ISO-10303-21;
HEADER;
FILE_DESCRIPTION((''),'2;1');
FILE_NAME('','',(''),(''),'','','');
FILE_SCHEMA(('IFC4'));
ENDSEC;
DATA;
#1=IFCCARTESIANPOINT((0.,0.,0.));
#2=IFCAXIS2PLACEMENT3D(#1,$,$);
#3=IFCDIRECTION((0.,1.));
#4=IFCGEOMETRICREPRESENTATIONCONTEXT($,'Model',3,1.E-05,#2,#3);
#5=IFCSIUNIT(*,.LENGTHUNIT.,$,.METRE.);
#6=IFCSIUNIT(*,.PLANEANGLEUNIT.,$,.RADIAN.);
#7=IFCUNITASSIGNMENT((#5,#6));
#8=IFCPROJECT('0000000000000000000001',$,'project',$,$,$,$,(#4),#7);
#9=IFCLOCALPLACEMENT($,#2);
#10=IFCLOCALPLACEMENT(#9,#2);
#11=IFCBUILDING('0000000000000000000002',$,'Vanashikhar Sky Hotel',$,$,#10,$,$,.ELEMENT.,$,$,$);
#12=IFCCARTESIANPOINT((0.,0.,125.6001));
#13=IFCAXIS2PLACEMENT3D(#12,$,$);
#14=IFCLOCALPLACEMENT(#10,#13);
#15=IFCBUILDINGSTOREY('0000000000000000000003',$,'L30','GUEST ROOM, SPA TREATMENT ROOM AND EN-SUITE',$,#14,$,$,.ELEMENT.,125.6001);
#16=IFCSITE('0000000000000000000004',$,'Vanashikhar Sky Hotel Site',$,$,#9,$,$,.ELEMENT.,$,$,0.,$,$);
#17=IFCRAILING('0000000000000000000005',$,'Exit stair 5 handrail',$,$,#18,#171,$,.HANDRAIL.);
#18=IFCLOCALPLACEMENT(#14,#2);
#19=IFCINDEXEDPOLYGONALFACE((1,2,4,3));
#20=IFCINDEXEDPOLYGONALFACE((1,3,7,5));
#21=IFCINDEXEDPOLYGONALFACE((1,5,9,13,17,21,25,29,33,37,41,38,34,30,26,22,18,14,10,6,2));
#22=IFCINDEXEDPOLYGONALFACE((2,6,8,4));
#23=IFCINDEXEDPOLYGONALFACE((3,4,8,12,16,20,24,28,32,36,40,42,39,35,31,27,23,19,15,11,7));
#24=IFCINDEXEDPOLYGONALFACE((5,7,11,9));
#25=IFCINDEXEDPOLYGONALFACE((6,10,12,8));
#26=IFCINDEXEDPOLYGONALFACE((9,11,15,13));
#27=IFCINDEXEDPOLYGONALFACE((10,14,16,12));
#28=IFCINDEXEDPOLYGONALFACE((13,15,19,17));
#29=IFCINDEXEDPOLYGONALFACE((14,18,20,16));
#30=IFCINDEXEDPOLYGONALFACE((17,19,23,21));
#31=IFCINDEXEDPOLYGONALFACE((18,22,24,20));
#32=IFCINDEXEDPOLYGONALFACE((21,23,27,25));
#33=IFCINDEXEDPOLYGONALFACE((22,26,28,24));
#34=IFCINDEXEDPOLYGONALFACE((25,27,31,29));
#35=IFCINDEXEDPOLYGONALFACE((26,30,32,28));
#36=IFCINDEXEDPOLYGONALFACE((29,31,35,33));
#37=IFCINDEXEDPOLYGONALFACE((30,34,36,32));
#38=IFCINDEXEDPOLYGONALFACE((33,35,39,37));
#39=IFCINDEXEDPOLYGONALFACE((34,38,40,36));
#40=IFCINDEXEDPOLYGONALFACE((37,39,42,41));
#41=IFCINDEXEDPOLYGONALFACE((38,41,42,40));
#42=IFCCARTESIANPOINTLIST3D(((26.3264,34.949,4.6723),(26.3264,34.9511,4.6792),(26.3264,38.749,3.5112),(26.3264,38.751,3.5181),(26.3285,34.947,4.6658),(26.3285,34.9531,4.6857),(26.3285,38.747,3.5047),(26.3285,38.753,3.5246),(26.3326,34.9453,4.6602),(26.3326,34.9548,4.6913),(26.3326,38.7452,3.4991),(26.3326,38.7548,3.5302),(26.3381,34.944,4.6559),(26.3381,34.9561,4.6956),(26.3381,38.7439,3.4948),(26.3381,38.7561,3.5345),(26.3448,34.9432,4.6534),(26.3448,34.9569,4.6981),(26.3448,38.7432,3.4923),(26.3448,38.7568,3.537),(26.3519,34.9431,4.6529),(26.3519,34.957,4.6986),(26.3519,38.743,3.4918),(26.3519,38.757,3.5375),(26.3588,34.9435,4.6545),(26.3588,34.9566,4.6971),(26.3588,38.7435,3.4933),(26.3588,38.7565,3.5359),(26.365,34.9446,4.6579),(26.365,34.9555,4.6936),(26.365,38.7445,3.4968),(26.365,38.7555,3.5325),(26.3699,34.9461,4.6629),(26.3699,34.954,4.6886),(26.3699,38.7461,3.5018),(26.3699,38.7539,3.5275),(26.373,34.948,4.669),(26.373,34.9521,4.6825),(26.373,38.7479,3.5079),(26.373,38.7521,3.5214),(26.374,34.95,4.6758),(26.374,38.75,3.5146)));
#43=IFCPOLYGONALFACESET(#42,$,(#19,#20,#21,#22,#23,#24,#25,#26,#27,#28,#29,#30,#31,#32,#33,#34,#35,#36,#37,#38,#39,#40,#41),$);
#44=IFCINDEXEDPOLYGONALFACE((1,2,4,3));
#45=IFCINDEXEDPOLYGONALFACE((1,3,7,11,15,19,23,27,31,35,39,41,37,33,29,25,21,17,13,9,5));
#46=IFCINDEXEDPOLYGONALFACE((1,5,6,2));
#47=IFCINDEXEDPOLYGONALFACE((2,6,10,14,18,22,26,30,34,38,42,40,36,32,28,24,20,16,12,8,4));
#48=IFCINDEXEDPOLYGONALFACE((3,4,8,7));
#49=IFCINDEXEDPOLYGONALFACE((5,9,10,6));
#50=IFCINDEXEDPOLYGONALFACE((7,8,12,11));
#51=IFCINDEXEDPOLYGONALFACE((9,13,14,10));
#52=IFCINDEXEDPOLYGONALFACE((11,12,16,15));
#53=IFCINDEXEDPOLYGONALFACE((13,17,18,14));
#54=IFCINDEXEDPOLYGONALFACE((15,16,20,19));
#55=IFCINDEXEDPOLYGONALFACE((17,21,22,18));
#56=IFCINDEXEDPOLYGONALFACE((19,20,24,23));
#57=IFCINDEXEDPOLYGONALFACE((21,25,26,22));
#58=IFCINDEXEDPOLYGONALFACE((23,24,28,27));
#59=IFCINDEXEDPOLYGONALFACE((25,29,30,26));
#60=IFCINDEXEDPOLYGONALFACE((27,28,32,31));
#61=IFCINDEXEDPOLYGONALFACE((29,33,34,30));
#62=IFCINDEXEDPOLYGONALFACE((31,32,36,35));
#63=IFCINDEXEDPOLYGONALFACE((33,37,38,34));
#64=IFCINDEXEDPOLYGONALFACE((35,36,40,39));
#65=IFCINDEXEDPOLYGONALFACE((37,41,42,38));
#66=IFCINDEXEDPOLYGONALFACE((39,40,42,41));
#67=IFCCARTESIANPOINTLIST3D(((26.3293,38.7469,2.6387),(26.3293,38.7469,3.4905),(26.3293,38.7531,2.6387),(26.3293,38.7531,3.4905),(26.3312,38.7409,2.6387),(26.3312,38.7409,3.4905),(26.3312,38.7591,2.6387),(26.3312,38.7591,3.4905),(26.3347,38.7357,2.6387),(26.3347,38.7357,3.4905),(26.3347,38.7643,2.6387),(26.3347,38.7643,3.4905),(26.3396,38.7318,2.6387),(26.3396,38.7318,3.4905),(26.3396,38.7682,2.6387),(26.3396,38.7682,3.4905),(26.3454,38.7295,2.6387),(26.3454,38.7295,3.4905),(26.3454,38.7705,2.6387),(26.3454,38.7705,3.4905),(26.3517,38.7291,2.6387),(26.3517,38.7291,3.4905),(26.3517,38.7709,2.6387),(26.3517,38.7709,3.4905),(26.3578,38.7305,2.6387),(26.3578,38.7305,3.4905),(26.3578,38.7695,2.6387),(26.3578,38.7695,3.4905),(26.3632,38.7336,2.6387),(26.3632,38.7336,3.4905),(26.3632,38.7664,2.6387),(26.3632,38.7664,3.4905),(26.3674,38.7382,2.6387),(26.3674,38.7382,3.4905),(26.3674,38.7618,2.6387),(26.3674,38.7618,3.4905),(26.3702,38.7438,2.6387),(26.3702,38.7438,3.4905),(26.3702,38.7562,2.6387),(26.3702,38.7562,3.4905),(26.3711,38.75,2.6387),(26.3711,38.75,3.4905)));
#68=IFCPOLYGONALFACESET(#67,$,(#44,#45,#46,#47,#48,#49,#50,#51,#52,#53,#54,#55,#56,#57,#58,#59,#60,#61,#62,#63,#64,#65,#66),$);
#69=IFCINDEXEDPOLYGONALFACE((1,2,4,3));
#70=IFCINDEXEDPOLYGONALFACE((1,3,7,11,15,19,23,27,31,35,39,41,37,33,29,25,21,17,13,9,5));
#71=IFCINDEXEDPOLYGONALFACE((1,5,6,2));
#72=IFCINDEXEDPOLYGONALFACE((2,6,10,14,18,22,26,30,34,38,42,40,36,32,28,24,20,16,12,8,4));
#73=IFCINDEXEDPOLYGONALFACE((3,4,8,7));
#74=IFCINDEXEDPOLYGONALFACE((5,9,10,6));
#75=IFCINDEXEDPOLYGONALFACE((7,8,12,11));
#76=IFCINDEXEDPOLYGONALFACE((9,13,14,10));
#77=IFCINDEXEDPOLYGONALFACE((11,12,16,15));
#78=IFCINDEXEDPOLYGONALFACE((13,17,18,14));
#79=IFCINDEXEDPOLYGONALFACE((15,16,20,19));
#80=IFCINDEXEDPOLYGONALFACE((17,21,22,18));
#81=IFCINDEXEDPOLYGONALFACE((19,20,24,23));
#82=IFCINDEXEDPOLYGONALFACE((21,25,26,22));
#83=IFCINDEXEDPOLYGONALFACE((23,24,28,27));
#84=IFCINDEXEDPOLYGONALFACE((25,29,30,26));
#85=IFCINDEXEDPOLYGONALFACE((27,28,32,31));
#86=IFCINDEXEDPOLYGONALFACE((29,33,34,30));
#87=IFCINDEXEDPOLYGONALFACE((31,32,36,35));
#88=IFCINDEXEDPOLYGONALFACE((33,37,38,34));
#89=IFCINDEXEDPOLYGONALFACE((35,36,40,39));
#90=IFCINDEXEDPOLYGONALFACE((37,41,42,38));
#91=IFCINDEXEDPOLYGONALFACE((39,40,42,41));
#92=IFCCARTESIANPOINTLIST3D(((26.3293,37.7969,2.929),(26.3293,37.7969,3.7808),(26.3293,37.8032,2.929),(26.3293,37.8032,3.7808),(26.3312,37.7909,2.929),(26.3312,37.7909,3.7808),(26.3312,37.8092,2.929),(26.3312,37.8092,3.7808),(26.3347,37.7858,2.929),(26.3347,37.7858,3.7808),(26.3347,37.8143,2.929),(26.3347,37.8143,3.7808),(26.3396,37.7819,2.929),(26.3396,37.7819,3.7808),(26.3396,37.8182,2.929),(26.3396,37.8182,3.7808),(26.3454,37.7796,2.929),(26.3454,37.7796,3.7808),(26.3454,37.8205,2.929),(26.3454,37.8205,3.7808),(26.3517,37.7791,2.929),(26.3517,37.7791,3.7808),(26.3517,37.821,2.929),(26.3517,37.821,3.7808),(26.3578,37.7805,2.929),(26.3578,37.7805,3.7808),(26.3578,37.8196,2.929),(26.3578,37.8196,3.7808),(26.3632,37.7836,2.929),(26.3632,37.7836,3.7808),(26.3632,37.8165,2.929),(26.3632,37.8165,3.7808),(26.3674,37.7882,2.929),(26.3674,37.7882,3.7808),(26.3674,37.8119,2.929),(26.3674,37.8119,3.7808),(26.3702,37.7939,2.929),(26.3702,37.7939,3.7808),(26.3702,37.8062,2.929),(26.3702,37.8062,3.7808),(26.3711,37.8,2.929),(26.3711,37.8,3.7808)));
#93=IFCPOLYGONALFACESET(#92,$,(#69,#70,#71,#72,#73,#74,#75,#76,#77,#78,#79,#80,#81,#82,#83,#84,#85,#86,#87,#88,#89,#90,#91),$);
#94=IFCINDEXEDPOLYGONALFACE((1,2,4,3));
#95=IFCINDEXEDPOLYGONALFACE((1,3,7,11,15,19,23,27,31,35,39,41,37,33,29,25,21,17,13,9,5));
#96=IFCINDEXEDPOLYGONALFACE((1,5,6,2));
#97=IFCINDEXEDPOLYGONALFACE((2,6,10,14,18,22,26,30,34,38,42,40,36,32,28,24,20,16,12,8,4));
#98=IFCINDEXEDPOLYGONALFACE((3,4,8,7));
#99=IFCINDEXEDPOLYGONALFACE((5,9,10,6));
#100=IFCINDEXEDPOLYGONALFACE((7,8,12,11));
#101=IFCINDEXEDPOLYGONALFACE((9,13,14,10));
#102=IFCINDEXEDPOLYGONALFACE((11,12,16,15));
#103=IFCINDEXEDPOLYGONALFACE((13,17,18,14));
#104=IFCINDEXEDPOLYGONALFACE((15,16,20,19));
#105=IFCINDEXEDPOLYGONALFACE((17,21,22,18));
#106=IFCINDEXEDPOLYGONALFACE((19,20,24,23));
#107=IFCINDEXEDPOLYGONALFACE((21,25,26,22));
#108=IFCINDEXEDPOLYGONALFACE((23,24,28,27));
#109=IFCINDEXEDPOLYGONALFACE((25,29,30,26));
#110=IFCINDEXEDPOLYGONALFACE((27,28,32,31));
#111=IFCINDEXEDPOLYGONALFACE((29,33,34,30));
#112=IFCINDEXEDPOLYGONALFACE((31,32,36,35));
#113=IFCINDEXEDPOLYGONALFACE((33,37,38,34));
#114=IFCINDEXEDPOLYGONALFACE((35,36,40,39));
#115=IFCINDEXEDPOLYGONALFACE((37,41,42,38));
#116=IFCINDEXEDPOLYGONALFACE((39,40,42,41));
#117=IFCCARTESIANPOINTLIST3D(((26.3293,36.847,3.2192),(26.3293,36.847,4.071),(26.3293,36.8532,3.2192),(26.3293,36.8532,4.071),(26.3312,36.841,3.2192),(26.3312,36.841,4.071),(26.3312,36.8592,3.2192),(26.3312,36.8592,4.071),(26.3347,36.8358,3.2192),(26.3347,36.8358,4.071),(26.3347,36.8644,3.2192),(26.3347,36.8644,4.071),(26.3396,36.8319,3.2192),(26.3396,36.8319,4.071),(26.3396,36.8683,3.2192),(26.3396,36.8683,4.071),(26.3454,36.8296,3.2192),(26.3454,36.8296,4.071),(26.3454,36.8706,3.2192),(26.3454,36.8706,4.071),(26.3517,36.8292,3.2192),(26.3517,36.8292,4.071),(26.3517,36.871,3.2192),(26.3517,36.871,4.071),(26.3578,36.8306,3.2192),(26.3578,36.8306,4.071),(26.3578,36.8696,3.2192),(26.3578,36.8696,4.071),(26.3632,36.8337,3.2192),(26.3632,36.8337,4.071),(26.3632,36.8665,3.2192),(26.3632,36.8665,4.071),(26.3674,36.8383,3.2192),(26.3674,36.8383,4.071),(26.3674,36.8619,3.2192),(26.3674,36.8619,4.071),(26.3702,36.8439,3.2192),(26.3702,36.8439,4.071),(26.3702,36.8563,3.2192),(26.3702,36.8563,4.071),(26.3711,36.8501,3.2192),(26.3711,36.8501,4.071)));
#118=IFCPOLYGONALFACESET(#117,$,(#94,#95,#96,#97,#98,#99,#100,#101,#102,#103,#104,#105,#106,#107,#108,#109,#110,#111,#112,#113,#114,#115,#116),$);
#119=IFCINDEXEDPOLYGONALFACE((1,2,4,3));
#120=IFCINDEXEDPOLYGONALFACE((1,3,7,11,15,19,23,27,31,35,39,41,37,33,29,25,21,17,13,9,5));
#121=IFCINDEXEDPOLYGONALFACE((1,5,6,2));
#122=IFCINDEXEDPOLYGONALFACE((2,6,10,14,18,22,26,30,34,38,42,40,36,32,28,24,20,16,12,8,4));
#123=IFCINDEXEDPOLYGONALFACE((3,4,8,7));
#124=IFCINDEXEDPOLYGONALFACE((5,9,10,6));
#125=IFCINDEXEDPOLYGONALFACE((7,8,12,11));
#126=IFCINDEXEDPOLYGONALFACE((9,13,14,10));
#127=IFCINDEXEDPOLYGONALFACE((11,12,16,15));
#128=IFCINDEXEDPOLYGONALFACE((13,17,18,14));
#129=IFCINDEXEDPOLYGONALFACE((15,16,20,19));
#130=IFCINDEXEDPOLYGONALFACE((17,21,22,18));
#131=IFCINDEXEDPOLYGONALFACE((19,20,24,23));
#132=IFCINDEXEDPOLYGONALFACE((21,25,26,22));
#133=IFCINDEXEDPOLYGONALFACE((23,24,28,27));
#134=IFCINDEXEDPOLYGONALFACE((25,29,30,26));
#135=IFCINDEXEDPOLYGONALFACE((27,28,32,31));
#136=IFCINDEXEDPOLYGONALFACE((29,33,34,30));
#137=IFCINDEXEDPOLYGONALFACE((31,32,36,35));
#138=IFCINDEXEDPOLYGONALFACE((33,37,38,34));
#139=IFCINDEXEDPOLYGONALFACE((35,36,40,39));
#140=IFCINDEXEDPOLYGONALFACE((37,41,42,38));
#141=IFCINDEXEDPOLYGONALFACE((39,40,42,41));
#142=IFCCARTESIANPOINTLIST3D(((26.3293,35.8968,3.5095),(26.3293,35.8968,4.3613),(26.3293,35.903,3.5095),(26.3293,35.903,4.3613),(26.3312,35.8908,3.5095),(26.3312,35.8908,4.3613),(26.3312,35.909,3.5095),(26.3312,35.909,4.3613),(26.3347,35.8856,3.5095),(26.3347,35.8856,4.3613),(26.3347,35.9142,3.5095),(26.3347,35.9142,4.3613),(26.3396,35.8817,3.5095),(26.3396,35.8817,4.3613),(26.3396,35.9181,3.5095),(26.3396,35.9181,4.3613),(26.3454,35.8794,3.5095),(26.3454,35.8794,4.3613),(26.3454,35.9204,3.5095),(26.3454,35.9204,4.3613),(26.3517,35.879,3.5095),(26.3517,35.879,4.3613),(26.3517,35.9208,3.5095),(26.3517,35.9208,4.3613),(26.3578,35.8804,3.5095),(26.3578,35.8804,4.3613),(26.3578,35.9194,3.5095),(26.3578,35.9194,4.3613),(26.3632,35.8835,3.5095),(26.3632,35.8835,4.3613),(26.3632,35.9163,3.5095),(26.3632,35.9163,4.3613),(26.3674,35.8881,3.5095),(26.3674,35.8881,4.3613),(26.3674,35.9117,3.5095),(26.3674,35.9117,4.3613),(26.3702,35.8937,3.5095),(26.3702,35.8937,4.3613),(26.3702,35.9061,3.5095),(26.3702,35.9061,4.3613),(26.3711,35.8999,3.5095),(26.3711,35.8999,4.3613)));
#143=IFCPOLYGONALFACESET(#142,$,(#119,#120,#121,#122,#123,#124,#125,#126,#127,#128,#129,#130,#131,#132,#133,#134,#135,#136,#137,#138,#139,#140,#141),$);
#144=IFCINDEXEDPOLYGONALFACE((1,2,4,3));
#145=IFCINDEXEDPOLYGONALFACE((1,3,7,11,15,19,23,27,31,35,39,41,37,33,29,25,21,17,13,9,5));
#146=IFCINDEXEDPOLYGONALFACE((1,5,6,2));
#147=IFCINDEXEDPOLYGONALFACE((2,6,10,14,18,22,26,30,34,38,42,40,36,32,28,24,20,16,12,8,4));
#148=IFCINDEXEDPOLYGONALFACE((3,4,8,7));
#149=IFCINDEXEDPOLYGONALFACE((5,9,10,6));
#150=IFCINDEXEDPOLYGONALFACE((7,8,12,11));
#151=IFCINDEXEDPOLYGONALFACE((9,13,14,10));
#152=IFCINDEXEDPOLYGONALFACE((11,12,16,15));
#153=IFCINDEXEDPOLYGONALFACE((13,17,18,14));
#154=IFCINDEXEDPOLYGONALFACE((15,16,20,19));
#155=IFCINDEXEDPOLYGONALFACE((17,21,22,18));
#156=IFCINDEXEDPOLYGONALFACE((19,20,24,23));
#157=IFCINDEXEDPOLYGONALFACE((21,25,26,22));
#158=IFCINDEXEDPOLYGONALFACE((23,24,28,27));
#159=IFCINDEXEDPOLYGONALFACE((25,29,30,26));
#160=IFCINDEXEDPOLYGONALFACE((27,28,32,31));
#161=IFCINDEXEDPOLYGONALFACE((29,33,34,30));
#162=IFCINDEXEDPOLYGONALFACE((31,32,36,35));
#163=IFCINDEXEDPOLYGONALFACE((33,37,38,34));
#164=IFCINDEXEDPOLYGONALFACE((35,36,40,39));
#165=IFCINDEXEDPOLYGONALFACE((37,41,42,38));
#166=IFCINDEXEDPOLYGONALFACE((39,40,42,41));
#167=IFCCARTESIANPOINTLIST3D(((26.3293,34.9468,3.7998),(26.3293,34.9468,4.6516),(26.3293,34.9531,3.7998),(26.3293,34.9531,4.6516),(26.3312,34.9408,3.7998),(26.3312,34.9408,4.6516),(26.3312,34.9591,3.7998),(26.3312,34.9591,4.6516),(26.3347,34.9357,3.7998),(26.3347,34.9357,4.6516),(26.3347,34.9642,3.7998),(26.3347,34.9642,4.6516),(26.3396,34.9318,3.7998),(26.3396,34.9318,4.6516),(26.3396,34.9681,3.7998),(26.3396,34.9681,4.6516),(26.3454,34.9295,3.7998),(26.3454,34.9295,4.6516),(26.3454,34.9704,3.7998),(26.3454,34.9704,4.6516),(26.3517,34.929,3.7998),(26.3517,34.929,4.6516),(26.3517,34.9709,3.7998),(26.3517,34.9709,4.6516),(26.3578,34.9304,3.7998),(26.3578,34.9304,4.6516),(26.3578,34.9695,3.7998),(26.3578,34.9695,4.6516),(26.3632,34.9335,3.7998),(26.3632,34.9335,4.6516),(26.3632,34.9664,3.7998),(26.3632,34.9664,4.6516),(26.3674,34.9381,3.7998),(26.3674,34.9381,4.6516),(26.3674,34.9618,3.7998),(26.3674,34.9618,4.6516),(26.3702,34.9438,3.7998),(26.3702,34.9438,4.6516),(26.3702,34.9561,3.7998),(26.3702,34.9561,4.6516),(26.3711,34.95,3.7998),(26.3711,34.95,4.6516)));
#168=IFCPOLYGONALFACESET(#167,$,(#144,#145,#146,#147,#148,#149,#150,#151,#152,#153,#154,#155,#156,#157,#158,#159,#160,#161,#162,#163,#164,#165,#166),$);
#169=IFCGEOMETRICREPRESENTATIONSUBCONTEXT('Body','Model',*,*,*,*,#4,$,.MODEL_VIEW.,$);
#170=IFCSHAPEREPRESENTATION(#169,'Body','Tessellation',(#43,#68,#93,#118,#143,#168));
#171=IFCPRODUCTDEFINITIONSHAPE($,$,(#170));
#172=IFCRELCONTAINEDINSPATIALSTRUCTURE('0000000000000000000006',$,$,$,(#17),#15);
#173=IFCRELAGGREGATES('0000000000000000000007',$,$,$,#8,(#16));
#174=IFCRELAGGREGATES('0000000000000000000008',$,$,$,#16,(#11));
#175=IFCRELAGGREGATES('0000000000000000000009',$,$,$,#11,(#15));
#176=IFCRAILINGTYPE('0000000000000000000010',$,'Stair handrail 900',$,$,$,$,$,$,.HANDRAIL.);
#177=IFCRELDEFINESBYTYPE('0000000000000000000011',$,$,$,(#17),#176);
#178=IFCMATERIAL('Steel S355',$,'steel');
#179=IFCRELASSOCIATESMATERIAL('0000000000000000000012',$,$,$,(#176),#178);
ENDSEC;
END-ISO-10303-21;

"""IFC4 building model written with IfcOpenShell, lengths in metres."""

from ifc_helpers import new_model, si_unit, direction, frame, origin, origin_2d, place, context, subcontext, project, spatial, circle, extrude, source, transform, mapped, material, type_object, element, save


model = new_model("IFC4")

# Units and contexts
model_context = context("Model", 3, precision=1e-05, world=origin(), true_north=direction((0.0, 1.0)))
body_context = subcontext(model_context, "Body", "Model", "MODEL_VIEW")
ifc_project = project(units=[si_unit("LENGTHUNIT", "METRE"), si_unit("PLANEANGLEUNIT", "RADIAN")], contexts=[model_context])

# Site, building, storey
site_placement = place(None, origin())
site = spatial("IfcSite", under=ifc_project, at=site_placement, Name="Vanashikhar Sky Hotel Site", CompositionType="ELEMENT", RefElevation=0.0)
building_placement = place(site_placement, origin())
building = spatial("IfcBuilding", under=site, at=building_placement, Name="Vanashikhar Sky Hotel", CompositionType="ELEMENT")
storey_placement = place(building_placement, frame((0.0, 0.0, 125.6001)))
storey = spatial("IfcBuildingStorey", under=building, at=storey_placement, Name="L30", Description="GUEST ROOM, SPA TREATMENT ROOM AND EN-SUITE", CompositionType="ELEMENT", Elevation=125.6001)

# Railing
ifc_material_1 = material(Name="Steel S355", Category="steel")
railing_type = type_object("IfcRailingType", Name="Stair handrail 900", PredefinedType="HANDRAIL", material=ifc_material_1)
shared_shape_1 = source(origin(), body_context, "Body", "SweptSolid", [
    extrude(circle(Radius=0.0239, at=origin_2d()), frame((0.0, 0.0, 0.876), z_axis=(0.0, -0.956351, 0.29222), x_axis=(1.0, 0.0, 0.0)), (0.0, 0.0, 1.0), 3.9734),
    extrude(circle(Radius=0.021, at=origin_2d()), origin(), (0.0, 0.0, 1.0), 0.8518),
    extrude(circle(Radius=0.021, at=origin_2d()), frame((0.0, -0.95, 0.2903)), (0.0, 0.0, 1.0), 0.8518),
    extrude(circle(Radius=0.021, at=origin_2d()), frame((0.0, -1.8999, 0.5806)), (0.0, 0.0, 1.0), 0.8518),
    extrude(circle(Radius=0.021, at=origin_2d()), frame((0.0, -2.8501, 0.8708)), (0.0, 0.0, 1.0), 0.8518),
    extrude(circle(Radius=0.021, at=origin_2d()), frame((0.0, -3.8, 1.1611)), (0.0, 0.0, 1.0), 0.8518),
])
for number, where, name in (
    (1, (26.3501, 38.75, 2.6387), "Exit stair 5 handrail"),
):
    element("IfcRailing", number, at=place(storey_placement, frame(where)), inside=storey, type_object=railing_type, Name=name, PredefinedType="HANDRAIL", context=body_context, shape_type="MappedRepresentation", body=[
        mapped(shared_shape_1, transform((0.0, 0.0, 0.0), scale=1.0)),
    ])

save(model, "model.ifc")
